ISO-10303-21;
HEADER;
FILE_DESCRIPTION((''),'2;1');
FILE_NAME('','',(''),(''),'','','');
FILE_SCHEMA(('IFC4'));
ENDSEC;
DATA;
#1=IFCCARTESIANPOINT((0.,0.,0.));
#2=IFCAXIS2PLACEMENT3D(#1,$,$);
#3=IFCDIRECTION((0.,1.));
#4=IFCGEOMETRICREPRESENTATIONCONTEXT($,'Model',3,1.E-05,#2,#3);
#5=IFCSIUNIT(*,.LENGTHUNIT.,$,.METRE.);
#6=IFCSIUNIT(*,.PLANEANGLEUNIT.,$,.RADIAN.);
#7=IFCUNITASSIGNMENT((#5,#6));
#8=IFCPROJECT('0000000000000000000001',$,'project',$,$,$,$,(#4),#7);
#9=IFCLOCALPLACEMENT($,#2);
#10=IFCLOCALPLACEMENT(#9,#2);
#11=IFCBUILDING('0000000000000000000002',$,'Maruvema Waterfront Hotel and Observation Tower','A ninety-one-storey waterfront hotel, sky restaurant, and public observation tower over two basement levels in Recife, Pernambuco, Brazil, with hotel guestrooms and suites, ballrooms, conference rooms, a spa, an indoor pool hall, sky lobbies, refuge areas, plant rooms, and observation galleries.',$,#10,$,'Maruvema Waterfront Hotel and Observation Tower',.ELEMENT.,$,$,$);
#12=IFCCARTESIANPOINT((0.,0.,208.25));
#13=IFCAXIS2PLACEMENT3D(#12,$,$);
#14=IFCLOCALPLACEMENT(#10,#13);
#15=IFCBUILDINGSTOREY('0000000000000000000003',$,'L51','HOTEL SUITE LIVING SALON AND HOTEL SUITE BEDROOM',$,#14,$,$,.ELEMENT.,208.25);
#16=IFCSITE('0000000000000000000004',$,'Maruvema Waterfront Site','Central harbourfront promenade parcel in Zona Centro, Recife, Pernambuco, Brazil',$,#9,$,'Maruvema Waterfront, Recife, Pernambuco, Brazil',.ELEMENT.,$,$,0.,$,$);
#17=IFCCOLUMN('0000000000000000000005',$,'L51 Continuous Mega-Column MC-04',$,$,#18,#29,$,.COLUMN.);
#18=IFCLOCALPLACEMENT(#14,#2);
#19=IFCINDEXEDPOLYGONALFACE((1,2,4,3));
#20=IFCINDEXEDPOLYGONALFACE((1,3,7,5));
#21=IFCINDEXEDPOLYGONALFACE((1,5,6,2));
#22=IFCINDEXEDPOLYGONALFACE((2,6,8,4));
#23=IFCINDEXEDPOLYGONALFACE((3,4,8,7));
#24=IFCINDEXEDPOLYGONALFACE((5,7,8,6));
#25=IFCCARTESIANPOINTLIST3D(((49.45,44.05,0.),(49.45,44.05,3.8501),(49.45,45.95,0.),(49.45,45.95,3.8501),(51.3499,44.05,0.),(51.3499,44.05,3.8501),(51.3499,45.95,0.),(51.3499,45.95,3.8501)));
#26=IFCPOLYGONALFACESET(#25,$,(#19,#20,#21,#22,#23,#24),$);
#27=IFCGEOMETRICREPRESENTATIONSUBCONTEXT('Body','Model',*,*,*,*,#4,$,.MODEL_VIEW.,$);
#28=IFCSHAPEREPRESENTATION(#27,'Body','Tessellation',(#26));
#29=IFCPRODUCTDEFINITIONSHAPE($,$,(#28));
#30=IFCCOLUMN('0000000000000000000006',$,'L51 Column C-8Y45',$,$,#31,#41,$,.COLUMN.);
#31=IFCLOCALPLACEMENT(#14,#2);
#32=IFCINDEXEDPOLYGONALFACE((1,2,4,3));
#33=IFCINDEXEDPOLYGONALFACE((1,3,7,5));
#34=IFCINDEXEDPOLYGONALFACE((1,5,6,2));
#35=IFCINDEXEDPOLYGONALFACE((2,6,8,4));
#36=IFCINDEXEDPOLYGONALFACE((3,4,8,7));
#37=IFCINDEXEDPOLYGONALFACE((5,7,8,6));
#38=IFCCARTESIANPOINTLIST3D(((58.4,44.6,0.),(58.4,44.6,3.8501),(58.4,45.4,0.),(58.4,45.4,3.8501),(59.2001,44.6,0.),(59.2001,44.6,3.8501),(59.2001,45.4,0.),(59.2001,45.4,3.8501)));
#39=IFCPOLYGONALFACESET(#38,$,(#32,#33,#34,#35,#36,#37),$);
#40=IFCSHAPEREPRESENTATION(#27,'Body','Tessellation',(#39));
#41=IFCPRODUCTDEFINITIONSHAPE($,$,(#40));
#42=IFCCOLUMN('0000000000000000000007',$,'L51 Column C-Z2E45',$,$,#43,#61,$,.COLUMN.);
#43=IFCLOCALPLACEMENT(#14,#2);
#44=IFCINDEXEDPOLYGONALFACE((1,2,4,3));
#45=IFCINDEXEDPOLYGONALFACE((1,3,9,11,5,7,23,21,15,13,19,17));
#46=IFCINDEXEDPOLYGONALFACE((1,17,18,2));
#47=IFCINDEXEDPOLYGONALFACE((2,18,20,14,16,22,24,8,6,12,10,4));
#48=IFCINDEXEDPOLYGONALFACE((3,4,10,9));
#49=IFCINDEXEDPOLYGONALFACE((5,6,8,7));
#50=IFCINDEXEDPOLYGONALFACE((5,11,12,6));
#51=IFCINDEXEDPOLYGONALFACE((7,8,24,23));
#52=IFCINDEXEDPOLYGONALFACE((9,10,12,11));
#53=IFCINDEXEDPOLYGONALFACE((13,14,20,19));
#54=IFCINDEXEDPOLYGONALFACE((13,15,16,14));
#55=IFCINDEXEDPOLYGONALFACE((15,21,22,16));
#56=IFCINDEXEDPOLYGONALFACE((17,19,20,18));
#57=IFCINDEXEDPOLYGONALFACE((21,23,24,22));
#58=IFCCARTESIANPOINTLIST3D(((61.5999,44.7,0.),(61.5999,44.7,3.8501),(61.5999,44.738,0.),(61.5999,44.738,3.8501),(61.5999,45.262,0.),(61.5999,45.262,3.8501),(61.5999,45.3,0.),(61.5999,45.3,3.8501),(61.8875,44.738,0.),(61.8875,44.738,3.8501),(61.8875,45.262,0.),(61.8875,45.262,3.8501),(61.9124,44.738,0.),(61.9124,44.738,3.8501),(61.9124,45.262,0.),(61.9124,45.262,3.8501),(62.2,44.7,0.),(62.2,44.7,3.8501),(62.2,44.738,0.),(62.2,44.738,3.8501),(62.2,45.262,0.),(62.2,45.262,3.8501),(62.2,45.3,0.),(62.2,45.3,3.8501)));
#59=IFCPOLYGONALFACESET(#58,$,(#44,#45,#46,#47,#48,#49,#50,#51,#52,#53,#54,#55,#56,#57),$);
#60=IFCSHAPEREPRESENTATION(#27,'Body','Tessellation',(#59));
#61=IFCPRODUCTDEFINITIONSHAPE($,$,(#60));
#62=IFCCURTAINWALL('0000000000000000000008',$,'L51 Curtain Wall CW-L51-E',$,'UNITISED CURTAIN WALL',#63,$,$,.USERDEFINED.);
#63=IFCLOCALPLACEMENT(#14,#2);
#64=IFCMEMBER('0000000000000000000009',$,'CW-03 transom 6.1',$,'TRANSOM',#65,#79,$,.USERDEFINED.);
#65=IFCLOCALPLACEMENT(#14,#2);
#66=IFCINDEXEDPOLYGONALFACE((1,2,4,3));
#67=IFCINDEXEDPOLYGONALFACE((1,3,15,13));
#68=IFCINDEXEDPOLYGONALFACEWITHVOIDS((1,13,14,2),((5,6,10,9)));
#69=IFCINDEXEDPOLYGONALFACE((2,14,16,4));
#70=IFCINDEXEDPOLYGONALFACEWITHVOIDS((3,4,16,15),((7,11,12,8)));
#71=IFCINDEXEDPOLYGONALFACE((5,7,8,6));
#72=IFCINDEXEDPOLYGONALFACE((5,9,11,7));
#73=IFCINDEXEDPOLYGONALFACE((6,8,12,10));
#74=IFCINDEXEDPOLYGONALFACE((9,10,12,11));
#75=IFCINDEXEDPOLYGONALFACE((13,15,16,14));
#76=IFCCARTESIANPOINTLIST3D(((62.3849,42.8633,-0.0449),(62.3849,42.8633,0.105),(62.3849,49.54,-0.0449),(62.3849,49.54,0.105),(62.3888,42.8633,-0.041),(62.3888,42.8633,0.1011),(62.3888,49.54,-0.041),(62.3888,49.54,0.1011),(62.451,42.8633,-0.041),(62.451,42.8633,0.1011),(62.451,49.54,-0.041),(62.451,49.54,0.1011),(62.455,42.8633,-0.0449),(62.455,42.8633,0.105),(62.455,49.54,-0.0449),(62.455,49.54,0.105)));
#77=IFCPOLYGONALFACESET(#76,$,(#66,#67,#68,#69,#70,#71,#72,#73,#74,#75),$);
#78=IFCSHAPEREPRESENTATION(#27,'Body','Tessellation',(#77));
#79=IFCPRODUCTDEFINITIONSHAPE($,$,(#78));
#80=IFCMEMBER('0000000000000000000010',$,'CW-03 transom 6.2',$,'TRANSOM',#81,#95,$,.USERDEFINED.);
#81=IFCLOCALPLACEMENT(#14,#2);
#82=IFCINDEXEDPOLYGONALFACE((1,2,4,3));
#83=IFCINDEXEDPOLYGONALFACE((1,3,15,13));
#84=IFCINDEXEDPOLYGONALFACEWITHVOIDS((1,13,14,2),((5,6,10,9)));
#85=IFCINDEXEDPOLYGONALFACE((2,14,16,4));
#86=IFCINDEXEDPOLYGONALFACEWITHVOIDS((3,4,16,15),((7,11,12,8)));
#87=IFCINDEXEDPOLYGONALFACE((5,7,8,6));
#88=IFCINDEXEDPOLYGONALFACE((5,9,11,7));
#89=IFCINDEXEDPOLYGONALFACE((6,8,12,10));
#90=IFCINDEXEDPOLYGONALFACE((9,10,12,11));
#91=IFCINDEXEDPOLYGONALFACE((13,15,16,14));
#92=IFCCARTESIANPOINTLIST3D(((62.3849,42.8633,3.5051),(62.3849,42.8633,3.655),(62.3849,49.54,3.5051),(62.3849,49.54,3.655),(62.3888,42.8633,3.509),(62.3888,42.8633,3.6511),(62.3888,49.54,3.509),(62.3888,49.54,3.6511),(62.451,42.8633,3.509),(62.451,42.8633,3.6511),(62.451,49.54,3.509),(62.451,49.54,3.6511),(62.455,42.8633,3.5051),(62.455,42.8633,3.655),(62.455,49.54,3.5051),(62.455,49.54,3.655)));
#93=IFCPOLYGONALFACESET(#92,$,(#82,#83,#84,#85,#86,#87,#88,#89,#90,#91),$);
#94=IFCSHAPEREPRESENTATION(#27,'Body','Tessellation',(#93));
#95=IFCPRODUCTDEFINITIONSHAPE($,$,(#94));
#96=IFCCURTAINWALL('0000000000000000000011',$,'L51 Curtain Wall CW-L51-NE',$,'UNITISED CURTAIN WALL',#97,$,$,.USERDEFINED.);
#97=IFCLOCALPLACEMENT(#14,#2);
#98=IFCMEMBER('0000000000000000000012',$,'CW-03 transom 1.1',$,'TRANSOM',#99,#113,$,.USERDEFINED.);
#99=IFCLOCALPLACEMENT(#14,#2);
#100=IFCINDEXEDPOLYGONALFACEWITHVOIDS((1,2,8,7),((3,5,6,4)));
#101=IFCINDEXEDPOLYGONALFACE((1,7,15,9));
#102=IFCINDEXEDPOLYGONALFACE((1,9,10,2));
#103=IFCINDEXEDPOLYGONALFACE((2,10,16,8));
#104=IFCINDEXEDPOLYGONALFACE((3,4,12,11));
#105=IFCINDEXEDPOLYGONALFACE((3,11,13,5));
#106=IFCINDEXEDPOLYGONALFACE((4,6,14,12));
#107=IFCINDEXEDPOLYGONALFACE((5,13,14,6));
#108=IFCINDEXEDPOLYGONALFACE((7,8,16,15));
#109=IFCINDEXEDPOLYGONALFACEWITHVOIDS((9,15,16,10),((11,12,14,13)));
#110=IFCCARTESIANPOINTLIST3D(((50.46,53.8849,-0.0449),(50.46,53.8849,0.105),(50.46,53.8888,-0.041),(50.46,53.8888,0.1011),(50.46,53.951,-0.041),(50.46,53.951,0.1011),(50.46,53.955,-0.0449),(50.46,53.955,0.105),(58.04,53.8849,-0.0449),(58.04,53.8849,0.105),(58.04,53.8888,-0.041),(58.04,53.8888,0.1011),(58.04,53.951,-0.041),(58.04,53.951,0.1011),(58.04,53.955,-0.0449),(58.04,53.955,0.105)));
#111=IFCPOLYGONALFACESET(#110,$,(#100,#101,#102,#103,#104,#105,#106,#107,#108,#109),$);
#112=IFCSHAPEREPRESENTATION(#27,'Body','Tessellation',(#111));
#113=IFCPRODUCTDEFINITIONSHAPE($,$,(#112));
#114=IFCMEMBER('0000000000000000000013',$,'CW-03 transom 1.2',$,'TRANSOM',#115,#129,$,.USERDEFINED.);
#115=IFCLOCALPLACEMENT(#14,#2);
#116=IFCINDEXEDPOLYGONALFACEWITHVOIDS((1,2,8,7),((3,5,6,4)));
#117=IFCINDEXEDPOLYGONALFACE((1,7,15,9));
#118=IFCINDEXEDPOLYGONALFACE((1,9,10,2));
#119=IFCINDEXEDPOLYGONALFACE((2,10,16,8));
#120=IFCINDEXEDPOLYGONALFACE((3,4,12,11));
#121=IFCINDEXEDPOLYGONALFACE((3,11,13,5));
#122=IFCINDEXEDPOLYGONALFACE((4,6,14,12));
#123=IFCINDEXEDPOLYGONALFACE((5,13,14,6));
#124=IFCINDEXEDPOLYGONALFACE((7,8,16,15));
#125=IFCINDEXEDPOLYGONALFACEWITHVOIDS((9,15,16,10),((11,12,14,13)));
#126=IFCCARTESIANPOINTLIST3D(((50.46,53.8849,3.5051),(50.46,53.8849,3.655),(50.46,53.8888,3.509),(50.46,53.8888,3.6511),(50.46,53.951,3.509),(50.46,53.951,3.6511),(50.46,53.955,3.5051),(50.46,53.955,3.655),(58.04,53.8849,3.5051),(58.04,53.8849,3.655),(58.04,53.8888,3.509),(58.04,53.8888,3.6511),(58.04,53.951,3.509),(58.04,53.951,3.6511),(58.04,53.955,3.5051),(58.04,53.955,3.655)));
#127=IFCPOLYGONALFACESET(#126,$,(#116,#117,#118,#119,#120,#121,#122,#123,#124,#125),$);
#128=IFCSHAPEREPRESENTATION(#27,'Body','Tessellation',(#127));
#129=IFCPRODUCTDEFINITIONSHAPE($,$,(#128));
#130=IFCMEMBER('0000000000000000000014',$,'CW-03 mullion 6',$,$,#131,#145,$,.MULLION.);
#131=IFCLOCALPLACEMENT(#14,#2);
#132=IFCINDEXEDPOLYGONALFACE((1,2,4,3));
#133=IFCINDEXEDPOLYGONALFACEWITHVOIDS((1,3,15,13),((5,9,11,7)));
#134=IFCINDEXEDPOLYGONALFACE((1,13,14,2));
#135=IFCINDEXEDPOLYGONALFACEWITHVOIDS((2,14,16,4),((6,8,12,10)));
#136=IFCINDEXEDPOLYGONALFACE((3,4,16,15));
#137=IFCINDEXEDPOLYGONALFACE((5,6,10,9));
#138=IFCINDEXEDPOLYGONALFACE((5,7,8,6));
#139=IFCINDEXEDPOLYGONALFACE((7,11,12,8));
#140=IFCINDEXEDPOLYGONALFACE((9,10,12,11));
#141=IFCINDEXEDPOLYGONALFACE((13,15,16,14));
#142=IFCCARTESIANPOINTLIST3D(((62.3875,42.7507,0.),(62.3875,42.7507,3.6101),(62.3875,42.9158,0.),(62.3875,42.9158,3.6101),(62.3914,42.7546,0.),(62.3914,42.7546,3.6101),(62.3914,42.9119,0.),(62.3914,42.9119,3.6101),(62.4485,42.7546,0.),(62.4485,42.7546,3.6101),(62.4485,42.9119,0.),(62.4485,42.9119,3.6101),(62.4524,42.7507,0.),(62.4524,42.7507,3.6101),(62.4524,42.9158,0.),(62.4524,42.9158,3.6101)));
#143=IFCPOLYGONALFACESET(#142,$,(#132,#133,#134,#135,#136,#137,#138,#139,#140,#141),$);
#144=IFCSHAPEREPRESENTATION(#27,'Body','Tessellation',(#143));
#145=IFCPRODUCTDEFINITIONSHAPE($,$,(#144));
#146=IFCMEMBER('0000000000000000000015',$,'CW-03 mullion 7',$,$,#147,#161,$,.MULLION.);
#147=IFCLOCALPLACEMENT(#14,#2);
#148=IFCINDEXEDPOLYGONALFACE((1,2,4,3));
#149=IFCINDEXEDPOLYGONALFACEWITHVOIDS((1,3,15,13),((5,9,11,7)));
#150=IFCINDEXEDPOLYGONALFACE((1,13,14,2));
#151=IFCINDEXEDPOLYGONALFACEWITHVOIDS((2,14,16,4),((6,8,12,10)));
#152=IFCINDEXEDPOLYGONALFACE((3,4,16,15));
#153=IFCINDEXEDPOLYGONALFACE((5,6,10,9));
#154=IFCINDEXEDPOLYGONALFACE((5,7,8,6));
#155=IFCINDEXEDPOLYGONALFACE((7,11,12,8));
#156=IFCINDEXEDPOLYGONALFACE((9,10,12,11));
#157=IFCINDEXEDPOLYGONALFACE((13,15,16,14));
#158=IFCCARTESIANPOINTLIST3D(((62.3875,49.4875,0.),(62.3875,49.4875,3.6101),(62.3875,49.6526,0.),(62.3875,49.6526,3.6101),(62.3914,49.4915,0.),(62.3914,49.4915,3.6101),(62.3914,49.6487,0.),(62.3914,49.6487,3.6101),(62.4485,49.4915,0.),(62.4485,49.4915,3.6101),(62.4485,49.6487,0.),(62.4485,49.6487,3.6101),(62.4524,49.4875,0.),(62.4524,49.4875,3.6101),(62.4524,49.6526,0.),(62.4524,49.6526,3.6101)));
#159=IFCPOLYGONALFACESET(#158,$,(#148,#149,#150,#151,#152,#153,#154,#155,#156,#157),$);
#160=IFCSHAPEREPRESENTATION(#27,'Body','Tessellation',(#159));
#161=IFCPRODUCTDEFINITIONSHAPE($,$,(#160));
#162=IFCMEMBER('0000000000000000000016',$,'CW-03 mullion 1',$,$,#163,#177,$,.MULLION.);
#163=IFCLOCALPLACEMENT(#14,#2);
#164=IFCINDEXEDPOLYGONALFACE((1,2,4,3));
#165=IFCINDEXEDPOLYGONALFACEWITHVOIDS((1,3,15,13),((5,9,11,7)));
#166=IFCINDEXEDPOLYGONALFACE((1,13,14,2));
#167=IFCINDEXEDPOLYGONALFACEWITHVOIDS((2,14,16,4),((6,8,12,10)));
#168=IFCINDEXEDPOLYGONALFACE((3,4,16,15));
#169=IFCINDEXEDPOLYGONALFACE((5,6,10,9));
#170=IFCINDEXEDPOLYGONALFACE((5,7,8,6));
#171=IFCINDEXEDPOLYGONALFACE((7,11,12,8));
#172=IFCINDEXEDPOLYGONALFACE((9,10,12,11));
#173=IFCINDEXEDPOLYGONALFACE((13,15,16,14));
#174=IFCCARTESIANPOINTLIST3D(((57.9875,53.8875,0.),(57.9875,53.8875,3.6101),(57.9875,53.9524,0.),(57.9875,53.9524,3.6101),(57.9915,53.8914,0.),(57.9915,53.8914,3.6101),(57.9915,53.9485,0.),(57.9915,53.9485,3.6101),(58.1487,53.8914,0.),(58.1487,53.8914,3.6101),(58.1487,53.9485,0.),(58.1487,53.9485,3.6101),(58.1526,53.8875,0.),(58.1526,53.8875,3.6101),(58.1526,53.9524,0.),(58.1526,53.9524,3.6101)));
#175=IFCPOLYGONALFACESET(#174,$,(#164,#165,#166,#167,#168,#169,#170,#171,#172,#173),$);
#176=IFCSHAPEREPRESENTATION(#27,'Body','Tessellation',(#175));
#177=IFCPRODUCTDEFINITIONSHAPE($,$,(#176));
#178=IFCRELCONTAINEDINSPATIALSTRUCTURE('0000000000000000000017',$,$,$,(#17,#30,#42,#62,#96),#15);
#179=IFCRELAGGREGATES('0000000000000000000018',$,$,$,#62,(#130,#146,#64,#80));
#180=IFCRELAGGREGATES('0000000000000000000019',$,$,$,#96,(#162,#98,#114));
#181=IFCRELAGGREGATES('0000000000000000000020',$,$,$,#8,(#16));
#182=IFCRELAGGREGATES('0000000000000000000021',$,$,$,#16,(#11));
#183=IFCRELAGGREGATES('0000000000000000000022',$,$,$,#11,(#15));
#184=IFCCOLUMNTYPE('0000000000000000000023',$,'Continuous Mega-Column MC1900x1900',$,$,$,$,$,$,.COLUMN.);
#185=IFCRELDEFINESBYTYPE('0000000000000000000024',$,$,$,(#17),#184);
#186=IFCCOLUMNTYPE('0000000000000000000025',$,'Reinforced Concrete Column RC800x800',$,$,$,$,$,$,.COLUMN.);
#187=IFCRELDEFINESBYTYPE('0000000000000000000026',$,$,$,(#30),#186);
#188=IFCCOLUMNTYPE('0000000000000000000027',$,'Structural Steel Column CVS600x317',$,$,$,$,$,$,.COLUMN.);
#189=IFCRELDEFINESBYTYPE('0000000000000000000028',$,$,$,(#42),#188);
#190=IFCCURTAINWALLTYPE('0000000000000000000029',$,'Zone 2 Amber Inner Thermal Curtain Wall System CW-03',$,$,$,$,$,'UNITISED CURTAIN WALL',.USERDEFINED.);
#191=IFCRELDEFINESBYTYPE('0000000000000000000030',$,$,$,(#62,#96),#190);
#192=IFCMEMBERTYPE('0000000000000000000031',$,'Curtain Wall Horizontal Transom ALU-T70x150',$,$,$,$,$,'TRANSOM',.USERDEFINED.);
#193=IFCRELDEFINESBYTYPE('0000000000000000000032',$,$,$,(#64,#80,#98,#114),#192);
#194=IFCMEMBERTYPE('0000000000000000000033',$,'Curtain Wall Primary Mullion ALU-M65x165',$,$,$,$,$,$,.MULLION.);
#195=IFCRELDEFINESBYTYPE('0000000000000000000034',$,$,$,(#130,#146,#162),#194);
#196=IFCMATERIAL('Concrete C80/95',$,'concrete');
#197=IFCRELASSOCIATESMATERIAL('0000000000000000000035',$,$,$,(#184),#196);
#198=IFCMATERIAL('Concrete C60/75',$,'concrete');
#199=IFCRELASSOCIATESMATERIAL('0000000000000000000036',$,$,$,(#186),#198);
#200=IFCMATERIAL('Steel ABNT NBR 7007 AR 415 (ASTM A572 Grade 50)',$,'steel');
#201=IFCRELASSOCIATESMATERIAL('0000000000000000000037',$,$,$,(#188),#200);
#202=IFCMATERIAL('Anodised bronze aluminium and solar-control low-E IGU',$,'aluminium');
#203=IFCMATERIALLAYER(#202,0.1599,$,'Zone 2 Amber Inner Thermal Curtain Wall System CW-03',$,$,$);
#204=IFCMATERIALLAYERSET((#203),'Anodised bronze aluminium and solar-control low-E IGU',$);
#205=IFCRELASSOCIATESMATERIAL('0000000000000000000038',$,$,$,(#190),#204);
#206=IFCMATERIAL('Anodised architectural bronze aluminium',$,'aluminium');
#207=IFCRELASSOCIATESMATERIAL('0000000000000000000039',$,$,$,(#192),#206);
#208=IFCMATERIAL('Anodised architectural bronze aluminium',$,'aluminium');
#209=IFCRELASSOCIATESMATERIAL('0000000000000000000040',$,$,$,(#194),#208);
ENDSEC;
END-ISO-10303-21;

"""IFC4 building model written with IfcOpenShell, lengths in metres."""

from ifc_helpers import new_model, si_unit, direction, frame, origin, origin_2d, place, context, subcontext, project, spatial, rectangle, hollow_rectangle, i_section, extrude, material, layer, layer_set, material_profile, profile_set, type_object, element, aggregate, save


model = new_model("IFC4")

# Units and contexts
model_context = context("Model", 3, precision=1e-05, world=origin(), true_north=direction((0.0, 1.0)))
body_context = subcontext(model_context, "Body", "Model", "MODEL_VIEW")
ifc_project = project(units=[si_unit("LENGTHUNIT", "METRE"), si_unit("PLANEANGLEUNIT", "RADIAN")], contexts=[model_context])

# Site, building, storey
site_placement = place(None, origin())
site = spatial("IfcSite", under=ifc_project, at=site_placement, Name="Maruvema Waterfront Site", Description="Central harbourfront promenade parcel in Zona Centro, Recife, Pernambuco, Brazil", LongName="Maruvema Waterfront, Recife, Pernambuco, Brazil", CompositionType="ELEMENT", RefElevation=0.0)
building_placement = place(site_placement, origin())
building = spatial("IfcBuilding", under=site, at=building_placement, Name="Maruvema Waterfront Hotel and Observation Tower", Description="A ninety-one-storey waterfront hotel, sky restaurant, and public observation tower over two basement levels in Recife, Pernambuco, Brazil, with hotel guestrooms and suites, ballrooms, conference rooms, a spa, an indoor pool hall, sky lobbies, refuge areas, plant rooms, and observation galleries.", LongName="Maruvema Waterfront Hotel and Observation Tower", CompositionType="ELEMENT")
storey_placement = place(building_placement, frame((0.0, 0.0, 208.25)))
storey = spatial("IfcBuildingStorey", under=building, at=storey_placement, Name="L51", Description="HOTEL SUITE LIVING SALON AND HOTEL SUITE BEDROOM", CompositionType="ELEMENT", Elevation=208.25)

# Columns
ifc_material_1 = material(Name="Concrete C80/95", Category="concrete")
ifc_material_profile_1 = material_profile(ifc_material_1, rectangle(XDim=1.8999, YDim=1.8999, at=origin_2d()), Name="MC1900x1900")
ifc_profile_set_1 = profile_set([ifc_material_profile_1], Name="Concrete C80/95")
column_type_1 = type_object("IfcColumnType", Name="Continuous Mega-Column MC1900x1900", PredefinedType="COLUMN", material=ifc_profile_set_1)
column_1_placement = place(storey_placement, frame((50.3999, 45.0, 0.0), z_axis=(0.0, 0.0, 1.0), x_axis=(1.0, 0.0, 0.0)))
element("IfcColumn", 1, at=column_1_placement, inside=storey, type_object=column_type_1, Name="L51 Continuous Mega-Column MC-04", PredefinedType="COLUMN", context=body_context, shape_type="SweptSolid", body=[
    extrude(rectangle(XDim=1.8999, YDim=1.8999, at=origin_2d()), origin(), (0.0, 0.0, 1.0), 3.8501),
])
ifc_material_2 = material(Name="Concrete C60/75", Category="concrete")
ifc_material_profile_2 = material_profile(ifc_material_2, rectangle(XDim=0.8, YDim=0.8, at=origin_2d()), Name="RC800x800")
ifc_profile_set_2 = profile_set([ifc_material_profile_2], Name="Concrete C60/75")
column_type_2 = type_object("IfcColumnType", Name="Reinforced Concrete Column RC800x800", PredefinedType="COLUMN", material=ifc_profile_set_2)
column_2_placement = place(storey_placement, frame((58.8, 45.0, 0.0), z_axis=(0.0, 0.0, 1.0), x_axis=(1.0, 0.0, 0.0)))
element("IfcColumn", 2, at=column_2_placement, inside=storey, type_object=column_type_2, Name="L51 Column C-8Y45", PredefinedType="COLUMN", context=body_context, shape_type="SweptSolid", body=[
    extrude(rectangle(XDim=0.8, YDim=0.8, at=origin_2d()), origin(), (0.0, 0.0, 1.0), 3.8501),
])
ifc_material_3 = material(Name="Steel ABNT NBR 7007 AR 415 (ASTM A572 Grade 50)", Category="steel")
ifc_material_profile_3 = material_profile(ifc_material_3, i_section(OverallWidth=0.6001, OverallDepth=0.6001, WebThickness=0.0249, FlangeThickness=0.0381, at=origin_2d()), Name="CVS600x317")
ifc_profile_set_3 = profile_set([ifc_material_profile_3], Name="Steel ABNT NBR 7007 AR 415 (ASTM A572 Grade 50)")
column_type_3 = type_object("IfcColumnType", Name="Structural Steel Column CVS600x317", PredefinedType="COLUMN", material=ifc_profile_set_3)
column_3_placement = place(storey_placement, frame((61.8999, 45.0, 0.0), z_axis=(0.0, 0.0, 1.0), x_axis=(1.0, 0.0, 0.0)))
element("IfcColumn", 3, at=column_3_placement, inside=storey, type_object=column_type_3, Name="L51 Column C-Z2E45", PredefinedType="COLUMN", context=body_context, shape_type="SweptSolid", body=[
    extrude(i_section(OverallWidth=0.6001, OverallDepth=0.6001, WebThickness=0.0249, FlangeThickness=0.0381, at=origin_2d()), origin(), (0.0, 0.0, 1.0), 3.8501),
])

# Curtain walls, members
ifc_material_4 = material(Name="Anodised bronze aluminium and solar-control low-E IGU", Category="aluminium")
ifc_layer_1 = layer(ifc_material_4, 0.1599, Name="Zone 2 Amber Inner Thermal Curtain Wall System CW-03")
ifc_layer_set_1 = layer_set([ifc_layer_1], Name="Anodised bronze aluminium and solar-control low-E IGU")
curtain_wall_type = type_object("IfcCurtainWallType", Name="Zone 2 Amber Inner Thermal Curtain Wall System CW-03", ElementType="UNITISED CURTAIN WALL", PredefinedType="USERDEFINED", material=ifc_layer_set_1)
curtain_wall_1_placement = place(storey_placement, origin())
curtain_wall_1 = element("IfcCurtainWall", 4, at=curtain_wall_1_placement, inside=storey, type_object=curtain_wall_type, Name="L51 Curtain Wall CW-L51-E", ObjectType="UNITISED CURTAIN WALL", PredefinedType="USERDEFINED")
ifc_material_5 = material(Name="Anodised architectural bronze aluminium", Category="aluminium")
ifc_material_profile_4 = material_profile(ifc_material_5, hollow_rectangle(XDim=0.0701, YDim=0.1499, WallThickness=0.0039, at=origin_2d()), Name="ALU-T70x150")
ifc_profile_set_4 = profile_set([ifc_material_profile_4], Name="Anodised architectural bronze aluminium")
member_type_1 = type_object("IfcMemberType", Name="Curtain Wall Horizontal Transom ALU-T70x150", ElementType="TRANSOM", PredefinedType="USERDEFINED", material=ifc_profile_set_4)
member_1_placement = place(storey_placement, frame((62.4199, 42.8633, 0.03), z_axis=(0.0, 1.0, 0.0), x_axis=(-1.0, 0.0, 0.0)))
member_1 = element("IfcMember", 5, at=member_1_placement, type_object=member_type_1, Name="CW-03 transom 6.1", ObjectType="TRANSOM", PredefinedType="USERDEFINED", context=body_context, shape_type="SweptSolid", body=[
    extrude(hollow_rectangle(XDim=0.0701, YDim=0.1499, WallThickness=0.0039, at=origin_2d()), origin(), (0.0, 0.0, 1.0), 6.6768),
])
member_2_placement = place(storey_placement, frame((62.4199, 42.8633, 3.5801), z_axis=(0.0, 1.0, 0.0), x_axis=(-1.0, 0.0, 0.0)))
member_2 = element("IfcMember", 6, at=member_2_placement, type_object=member_type_1, Name="CW-03 transom 6.2", ObjectType="TRANSOM", PredefinedType="USERDEFINED", context=body_context, shape_type="SweptSolid", body=[
    extrude(hollow_rectangle(XDim=0.0701, YDim=0.1499, WallThickness=0.0039, at=origin_2d()), origin(), (0.0, 0.0, 1.0), 6.6768),
])
curtain_wall_2_placement = place(storey_placement, origin())
curtain_wall_2 = element("IfcCurtainWall", 7, at=curtain_wall_2_placement, inside=storey, type_object=curtain_wall_type, Name="L51 Curtain Wall CW-L51-NE", ObjectType="UNITISED CURTAIN WALL", PredefinedType="USERDEFINED")
member_3_placement = place(storey_placement, frame((58.04, 53.9199, 0.03), z_axis=(-1.0, 0.0, 0.0), x_axis=(0.0, -1.0, 0.0)))
member_3 = element("IfcMember", 8, at=member_3_placement, type_object=member_type_1, Name="CW-03 transom 1.1", ObjectType="TRANSOM", PredefinedType="USERDEFINED", context=body_context, shape_type="SweptSolid", body=[
    extrude(hollow_rectangle(XDim=0.0701, YDim=0.1499, WallThickness=0.0039, at=origin_2d()), origin(), (0.0, 0.0, 1.0), 7.5801),
])
member_4_placement = place(storey_placement, frame((58.04, 53.9199, 3.5801), z_axis=(-1.0, 0.0, 0.0), x_axis=(0.0, -1.0, 0.0)))
member_4 = element("IfcMember", 9, at=member_4_placement, type_object=member_type_1, Name="CW-03 transom 1.2", ObjectType="TRANSOM", PredefinedType="USERDEFINED", context=body_context, shape_type="SweptSolid", body=[
    extrude(hollow_rectangle(XDim=0.0701, YDim=0.1499, WallThickness=0.0039, at=origin_2d()), origin(), (0.0, 0.0, 1.0), 7.5801),
])

# Members
ifc_material_6 = material(Name="Anodised architectural bronze aluminium", Category="aluminium")
ifc_material_profile_5 = material_profile(ifc_material_6, hollow_rectangle(XDim=0.0649, YDim=0.165, WallThickness=0.0039, at=origin_2d()), Name="ALU-M65x165")
ifc_profile_set_5 = profile_set([ifc_material_profile_5], Name="Anodised architectural bronze aluminium")
member_type_2 = type_object("IfcMemberType", Name="Curtain Wall Primary Mullion ALU-M65x165", PredefinedType="MULLION", material=ifc_profile_set_5)
member_5_placement = place(storey_placement, frame((62.4199, 42.8333, 0.0), z_axis=(0.0, 0.0, 1.0), x_axis=(-1.0, 0.0, 0.0)))
member_5 = element("IfcMember", 10, at=member_5_placement, type_object=member_type_2, Name="CW-03 mullion 6", PredefinedType="MULLION", context=body_context, shape_type="SweptSolid", body=[
    extrude(hollow_rectangle(XDim=0.0649, YDim=0.165, WallThickness=0.0039, at=origin_2d()), origin(), (0.0, 0.0, 1.0), 3.6101),
])
member_6_placement = place(storey_placement, frame((62.4199, 49.5701, 0.0), z_axis=(0.0, 0.0, 1.0), x_axis=(-1.0, 0.0, 0.0)))
member_6 = element("IfcMember", 11, at=member_6_placement, type_object=member_type_2, Name="CW-03 mullion 7", PredefinedType="MULLION", context=body_context, shape_type="SweptSolid", body=[
    extrude(hollow_rectangle(XDim=0.0649, YDim=0.165, WallThickness=0.0039, at=origin_2d()), origin(), (0.0, 0.0, 1.0), 3.6101),
])
member_7_placement = place(storey_placement, frame((58.0701, 53.9199, 0.0), z_axis=(0.0, 0.0, 1.0), x_axis=(0.0, -1.0, 0.0)))
member_7 = element("IfcMember", 12, at=member_7_placement, type_object=member_type_2, Name="CW-03 mullion 1", PredefinedType="MULLION", context=body_context, shape_type="SweptSolid", body=[
    extrude(hollow_rectangle(XDim=0.0649, YDim=0.165, WallThickness=0.0039, at=origin_2d()), origin(), (0.0, 0.0, 1.0), 3.6101),
])

aggregate(curtain_wall_1, [member_5, member_6, member_1, member_2])
aggregate(curtain_wall_2, [member_7, member_3, member_4])

save(model, "model.ifc")
